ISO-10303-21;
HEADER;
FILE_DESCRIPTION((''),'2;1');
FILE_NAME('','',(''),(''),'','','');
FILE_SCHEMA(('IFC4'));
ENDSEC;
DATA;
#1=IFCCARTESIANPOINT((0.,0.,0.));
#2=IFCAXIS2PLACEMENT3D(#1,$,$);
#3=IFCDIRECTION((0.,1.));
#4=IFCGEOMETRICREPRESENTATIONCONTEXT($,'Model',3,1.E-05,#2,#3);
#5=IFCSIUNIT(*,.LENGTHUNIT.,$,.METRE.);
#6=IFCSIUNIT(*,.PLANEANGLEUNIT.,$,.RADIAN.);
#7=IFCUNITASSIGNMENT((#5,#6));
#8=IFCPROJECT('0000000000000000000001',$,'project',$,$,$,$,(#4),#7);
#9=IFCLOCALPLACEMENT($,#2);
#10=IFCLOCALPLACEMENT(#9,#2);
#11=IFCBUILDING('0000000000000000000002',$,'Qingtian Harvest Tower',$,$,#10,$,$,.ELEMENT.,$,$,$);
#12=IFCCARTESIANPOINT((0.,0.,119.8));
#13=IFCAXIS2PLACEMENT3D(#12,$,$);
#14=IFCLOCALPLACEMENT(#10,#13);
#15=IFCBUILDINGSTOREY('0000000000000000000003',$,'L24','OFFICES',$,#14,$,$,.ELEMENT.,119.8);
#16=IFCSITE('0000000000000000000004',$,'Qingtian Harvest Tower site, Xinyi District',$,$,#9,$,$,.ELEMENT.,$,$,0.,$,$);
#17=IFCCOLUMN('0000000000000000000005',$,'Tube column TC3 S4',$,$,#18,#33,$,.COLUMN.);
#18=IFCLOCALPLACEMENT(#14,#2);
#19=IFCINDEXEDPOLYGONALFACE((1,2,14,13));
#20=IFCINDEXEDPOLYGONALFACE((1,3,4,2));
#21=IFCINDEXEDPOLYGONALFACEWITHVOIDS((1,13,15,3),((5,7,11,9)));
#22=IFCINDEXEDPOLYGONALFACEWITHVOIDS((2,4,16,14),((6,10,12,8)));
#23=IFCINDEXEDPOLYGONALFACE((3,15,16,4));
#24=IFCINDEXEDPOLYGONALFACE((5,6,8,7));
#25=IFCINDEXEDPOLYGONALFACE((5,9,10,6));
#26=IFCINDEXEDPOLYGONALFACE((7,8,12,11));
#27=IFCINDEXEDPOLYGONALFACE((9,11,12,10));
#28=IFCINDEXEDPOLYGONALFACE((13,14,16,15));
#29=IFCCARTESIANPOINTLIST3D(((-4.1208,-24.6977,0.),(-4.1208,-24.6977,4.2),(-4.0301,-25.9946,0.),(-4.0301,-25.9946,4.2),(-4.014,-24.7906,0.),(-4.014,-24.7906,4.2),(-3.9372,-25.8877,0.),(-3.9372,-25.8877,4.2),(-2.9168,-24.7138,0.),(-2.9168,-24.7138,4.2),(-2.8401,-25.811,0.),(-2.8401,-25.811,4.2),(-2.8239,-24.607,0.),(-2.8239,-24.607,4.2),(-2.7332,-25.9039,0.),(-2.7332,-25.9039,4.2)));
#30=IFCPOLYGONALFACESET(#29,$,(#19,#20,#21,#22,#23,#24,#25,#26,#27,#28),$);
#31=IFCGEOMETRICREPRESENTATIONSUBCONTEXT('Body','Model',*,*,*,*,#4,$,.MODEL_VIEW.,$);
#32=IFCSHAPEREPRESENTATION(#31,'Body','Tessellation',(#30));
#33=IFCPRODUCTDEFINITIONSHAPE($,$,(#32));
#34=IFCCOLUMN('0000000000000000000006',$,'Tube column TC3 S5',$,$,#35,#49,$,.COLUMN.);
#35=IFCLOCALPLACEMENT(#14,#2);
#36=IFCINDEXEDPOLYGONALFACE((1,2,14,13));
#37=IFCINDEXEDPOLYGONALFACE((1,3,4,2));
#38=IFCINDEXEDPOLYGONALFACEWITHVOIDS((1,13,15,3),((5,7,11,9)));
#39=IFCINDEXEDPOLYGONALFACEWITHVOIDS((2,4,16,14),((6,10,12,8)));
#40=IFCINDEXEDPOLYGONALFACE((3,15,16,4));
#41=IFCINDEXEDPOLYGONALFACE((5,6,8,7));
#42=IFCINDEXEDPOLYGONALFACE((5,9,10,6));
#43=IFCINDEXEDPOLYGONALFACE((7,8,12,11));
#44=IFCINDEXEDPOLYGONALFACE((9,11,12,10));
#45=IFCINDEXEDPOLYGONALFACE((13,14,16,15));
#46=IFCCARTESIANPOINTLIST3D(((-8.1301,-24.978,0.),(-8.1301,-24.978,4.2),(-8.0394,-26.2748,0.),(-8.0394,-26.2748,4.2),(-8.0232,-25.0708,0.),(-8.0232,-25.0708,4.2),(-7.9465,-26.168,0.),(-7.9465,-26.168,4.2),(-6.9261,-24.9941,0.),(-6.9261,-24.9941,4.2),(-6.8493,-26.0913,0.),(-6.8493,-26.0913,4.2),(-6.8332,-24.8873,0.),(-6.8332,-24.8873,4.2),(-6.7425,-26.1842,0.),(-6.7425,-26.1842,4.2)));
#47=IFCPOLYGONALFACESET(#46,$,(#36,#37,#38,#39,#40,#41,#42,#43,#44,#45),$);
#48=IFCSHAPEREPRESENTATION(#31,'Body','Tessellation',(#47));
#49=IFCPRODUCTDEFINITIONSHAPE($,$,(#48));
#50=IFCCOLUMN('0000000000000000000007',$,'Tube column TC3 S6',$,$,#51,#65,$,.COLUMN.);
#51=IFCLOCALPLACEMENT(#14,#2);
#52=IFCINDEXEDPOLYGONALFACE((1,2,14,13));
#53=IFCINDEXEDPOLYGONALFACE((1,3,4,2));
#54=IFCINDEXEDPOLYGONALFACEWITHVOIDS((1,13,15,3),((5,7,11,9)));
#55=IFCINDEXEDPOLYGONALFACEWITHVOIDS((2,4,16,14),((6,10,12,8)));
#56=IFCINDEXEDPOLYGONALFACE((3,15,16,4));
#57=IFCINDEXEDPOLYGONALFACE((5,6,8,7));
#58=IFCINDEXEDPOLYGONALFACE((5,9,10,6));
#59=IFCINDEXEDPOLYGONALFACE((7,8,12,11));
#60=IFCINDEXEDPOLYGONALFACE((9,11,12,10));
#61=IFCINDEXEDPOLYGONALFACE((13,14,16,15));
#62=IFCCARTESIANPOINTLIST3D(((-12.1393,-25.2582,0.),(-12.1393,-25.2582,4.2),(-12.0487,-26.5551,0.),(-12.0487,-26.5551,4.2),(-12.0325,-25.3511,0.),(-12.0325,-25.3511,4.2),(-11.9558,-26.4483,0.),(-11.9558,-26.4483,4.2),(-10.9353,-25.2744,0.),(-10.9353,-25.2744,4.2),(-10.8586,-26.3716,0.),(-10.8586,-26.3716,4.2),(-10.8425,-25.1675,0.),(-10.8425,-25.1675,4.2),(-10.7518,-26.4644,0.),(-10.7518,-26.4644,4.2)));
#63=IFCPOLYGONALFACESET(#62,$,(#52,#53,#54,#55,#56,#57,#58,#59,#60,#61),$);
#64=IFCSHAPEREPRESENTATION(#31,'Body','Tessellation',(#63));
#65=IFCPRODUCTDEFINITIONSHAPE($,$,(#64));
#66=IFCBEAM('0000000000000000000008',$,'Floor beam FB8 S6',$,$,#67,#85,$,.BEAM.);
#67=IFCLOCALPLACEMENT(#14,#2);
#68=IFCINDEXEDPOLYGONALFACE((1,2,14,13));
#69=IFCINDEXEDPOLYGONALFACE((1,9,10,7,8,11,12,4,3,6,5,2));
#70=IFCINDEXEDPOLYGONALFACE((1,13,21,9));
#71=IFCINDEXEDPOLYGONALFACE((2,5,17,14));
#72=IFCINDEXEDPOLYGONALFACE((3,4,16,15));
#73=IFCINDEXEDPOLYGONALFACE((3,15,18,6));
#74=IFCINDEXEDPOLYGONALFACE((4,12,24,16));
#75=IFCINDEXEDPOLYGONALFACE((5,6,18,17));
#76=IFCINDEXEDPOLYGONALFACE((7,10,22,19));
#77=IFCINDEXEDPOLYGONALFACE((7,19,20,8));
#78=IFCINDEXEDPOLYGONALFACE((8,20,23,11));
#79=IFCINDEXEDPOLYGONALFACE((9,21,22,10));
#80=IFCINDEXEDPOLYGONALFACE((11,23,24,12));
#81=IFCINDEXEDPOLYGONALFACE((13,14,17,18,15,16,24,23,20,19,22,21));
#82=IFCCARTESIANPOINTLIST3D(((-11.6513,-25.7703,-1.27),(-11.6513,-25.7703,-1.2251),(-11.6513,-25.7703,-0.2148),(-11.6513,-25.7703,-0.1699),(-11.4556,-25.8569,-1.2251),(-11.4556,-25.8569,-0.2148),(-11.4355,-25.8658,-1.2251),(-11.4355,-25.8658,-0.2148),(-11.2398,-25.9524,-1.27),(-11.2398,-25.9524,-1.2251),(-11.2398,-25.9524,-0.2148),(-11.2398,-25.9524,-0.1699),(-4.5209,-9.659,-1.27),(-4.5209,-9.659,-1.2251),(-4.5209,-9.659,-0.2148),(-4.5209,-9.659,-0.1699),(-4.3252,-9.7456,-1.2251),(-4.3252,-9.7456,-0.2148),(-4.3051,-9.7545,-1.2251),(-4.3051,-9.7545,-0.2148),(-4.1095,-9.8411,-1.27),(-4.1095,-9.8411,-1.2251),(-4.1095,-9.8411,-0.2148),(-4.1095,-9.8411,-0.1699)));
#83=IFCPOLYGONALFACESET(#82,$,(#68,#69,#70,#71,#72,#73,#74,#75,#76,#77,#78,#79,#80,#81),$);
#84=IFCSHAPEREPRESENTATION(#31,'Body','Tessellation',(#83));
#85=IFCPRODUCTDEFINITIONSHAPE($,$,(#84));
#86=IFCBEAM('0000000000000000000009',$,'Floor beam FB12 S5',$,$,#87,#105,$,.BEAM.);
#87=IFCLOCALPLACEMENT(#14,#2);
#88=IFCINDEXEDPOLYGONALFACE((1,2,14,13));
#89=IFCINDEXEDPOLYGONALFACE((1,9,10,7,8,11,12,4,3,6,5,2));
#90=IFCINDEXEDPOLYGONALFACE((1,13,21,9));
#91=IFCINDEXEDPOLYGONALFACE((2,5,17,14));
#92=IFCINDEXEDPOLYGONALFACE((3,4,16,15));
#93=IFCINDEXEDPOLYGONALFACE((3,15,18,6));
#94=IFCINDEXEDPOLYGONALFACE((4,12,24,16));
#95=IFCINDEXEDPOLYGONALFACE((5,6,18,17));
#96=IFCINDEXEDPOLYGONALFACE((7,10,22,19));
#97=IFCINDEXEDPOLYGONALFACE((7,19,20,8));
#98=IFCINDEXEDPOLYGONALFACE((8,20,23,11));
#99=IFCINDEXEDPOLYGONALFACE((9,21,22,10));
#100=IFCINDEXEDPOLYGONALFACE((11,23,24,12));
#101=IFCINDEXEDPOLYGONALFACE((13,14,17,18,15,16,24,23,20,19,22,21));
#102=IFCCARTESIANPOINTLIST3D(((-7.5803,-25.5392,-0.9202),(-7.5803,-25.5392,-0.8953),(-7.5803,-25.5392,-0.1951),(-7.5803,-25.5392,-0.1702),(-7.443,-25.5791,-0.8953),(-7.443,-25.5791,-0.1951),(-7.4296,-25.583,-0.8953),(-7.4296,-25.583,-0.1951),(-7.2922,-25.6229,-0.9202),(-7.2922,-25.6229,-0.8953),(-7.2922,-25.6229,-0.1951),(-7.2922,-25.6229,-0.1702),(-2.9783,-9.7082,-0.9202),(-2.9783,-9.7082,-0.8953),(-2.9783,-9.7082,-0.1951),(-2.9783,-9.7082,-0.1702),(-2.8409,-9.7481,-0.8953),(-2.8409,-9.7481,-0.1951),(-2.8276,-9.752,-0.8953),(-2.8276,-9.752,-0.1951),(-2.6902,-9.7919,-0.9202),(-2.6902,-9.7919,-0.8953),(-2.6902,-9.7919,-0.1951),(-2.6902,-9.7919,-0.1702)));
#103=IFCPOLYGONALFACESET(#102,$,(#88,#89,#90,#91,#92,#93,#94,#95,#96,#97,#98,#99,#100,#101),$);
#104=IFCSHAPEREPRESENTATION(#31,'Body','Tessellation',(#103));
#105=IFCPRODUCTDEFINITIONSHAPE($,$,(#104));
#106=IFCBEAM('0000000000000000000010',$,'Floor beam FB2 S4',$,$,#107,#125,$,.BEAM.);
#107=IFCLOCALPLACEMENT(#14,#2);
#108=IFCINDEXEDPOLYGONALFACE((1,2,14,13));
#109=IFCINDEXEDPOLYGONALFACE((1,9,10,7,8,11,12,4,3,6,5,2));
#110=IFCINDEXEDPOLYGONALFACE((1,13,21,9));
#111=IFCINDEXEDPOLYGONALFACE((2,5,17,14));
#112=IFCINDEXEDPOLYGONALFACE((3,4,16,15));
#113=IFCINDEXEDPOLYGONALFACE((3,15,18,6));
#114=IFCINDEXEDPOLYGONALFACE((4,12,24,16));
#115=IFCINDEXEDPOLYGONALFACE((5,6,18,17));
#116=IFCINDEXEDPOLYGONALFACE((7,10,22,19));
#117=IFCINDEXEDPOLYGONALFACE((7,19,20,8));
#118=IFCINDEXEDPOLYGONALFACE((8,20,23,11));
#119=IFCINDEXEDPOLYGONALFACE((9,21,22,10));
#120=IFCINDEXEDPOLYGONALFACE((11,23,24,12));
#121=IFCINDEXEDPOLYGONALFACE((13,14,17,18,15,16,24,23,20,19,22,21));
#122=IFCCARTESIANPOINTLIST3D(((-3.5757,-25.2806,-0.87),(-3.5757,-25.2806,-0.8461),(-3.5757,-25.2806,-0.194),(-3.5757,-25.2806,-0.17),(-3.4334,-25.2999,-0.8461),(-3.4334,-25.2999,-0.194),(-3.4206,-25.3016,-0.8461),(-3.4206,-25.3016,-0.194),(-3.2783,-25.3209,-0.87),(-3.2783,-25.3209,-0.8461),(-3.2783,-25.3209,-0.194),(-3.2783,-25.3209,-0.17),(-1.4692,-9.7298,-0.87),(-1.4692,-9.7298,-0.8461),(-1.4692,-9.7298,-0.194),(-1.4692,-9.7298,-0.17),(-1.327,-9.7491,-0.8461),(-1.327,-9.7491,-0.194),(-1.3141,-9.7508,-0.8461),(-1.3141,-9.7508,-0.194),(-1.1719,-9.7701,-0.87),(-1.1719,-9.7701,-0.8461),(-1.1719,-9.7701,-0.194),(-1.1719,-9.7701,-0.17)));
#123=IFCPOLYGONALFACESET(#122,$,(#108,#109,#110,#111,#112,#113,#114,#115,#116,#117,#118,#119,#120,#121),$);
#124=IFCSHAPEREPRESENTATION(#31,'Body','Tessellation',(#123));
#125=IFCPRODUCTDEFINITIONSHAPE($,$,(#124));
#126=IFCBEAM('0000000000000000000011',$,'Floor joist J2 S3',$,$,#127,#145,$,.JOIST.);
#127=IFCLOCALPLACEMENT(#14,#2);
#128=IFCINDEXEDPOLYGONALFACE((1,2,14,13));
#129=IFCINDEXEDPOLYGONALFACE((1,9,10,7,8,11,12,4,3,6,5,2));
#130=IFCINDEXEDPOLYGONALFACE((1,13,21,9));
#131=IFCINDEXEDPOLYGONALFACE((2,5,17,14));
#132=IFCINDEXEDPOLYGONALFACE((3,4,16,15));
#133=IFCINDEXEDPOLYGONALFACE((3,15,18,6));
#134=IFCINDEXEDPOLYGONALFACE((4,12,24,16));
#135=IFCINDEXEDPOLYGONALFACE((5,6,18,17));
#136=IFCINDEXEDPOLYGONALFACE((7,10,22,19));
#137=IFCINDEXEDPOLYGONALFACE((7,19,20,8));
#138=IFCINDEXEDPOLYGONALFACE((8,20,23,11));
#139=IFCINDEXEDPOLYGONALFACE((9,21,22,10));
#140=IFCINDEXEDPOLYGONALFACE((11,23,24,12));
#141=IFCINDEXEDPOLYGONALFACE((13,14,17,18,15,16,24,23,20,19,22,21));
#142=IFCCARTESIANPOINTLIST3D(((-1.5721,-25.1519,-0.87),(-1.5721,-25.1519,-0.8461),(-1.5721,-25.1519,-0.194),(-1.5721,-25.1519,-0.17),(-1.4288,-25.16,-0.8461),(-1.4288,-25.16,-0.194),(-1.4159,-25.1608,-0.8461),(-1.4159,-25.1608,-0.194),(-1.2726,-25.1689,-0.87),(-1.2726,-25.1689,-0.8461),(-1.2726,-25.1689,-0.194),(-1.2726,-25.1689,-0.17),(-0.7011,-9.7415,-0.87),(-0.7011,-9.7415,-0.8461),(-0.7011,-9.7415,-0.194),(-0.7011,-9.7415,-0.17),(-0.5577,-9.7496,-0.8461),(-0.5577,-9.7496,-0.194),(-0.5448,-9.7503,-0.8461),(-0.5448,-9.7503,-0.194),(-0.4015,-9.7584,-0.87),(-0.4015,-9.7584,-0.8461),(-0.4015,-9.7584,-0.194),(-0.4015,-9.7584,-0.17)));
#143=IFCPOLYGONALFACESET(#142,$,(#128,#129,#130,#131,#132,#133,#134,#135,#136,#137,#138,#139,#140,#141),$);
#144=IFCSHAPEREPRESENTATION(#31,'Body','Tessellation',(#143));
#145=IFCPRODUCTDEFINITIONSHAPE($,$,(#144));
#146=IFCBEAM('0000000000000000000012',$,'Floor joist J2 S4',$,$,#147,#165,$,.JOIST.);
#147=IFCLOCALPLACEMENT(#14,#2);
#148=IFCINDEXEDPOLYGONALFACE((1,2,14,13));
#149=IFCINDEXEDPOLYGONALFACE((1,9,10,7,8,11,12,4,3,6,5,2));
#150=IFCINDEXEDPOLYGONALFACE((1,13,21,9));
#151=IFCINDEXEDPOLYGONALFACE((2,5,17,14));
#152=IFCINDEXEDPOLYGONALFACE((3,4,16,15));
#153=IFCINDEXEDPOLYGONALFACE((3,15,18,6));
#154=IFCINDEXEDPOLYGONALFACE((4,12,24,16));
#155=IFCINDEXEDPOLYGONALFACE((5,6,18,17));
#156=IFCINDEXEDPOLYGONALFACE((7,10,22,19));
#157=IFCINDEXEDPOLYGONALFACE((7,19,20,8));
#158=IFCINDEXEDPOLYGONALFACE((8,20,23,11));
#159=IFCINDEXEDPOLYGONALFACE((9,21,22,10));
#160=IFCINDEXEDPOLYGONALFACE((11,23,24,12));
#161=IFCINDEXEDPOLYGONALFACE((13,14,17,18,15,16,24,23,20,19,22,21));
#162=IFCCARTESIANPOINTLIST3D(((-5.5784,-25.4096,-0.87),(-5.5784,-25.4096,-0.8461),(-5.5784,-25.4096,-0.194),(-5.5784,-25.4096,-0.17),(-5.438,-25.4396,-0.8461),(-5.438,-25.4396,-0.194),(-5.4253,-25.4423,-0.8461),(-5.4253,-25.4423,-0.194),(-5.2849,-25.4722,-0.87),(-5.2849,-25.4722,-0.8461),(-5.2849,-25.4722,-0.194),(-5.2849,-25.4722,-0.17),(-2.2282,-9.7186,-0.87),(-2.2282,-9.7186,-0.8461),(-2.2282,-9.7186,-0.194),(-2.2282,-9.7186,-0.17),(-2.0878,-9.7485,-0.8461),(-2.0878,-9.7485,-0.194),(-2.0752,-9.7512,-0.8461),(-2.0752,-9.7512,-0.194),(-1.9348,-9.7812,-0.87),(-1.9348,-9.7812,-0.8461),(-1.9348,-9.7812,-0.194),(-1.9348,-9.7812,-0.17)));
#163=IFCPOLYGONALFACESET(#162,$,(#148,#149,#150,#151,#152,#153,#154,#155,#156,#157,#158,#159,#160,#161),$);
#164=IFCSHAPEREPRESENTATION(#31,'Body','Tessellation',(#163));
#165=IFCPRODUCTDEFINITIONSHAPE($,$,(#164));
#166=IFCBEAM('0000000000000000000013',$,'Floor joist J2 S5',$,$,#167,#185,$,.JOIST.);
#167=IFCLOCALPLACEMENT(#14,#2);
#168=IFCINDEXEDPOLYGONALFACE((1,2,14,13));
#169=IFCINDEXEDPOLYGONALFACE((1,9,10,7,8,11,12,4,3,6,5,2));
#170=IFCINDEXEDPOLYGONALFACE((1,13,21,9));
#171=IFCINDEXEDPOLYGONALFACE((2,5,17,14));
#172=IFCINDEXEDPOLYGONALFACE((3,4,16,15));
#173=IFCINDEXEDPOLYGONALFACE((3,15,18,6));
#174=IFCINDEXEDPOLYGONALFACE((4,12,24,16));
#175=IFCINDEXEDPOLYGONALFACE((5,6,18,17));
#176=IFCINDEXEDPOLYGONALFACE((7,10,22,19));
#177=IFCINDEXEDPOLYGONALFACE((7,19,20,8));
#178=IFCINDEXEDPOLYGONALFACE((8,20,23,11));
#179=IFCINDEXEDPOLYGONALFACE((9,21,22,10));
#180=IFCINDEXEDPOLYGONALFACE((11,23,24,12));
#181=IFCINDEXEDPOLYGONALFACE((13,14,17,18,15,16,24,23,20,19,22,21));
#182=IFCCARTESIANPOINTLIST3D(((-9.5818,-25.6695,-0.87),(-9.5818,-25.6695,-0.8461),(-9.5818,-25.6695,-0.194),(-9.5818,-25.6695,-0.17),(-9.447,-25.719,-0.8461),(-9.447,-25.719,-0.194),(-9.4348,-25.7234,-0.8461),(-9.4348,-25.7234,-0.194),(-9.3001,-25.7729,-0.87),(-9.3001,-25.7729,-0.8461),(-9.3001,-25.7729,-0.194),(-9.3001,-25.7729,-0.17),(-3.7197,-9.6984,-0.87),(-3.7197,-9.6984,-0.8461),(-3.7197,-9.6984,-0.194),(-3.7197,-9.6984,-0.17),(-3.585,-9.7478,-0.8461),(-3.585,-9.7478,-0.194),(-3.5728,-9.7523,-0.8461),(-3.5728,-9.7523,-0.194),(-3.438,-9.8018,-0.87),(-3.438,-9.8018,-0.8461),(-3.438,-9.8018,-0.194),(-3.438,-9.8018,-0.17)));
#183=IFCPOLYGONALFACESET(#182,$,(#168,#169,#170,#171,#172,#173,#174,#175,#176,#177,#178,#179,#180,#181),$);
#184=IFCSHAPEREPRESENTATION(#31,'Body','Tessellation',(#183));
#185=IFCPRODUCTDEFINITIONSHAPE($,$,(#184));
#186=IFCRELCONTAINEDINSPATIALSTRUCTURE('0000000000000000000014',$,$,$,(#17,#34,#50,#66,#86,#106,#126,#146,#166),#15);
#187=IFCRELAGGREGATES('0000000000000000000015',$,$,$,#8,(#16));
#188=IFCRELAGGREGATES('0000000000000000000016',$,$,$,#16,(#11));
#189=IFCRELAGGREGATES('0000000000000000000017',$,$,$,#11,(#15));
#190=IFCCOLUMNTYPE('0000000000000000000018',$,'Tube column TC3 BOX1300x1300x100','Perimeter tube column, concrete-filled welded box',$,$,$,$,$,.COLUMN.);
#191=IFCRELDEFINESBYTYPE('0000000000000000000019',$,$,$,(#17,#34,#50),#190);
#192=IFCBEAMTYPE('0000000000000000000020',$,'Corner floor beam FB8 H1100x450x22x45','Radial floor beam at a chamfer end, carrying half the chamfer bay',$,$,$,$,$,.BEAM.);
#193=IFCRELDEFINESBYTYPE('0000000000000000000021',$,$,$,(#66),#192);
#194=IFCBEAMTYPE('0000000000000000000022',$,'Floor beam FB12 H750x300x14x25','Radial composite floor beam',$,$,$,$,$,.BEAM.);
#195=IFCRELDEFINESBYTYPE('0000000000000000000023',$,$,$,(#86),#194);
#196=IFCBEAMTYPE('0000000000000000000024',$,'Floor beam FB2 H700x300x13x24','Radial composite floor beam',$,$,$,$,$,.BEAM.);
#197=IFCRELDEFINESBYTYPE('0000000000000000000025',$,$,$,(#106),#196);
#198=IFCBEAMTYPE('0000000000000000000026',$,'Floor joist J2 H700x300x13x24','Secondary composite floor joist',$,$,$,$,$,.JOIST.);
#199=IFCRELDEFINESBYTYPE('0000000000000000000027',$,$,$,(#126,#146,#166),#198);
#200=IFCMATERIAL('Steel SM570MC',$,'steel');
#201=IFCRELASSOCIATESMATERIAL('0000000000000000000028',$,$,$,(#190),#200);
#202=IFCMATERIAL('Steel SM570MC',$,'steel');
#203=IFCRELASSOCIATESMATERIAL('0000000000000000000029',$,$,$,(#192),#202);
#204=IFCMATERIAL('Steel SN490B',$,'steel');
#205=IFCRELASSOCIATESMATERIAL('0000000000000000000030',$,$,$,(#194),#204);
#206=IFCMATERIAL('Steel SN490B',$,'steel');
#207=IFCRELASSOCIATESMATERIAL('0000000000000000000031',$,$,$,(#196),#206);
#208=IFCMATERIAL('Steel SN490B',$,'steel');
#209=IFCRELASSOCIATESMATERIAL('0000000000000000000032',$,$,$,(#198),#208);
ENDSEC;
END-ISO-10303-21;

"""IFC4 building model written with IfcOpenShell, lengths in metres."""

from ifc_helpers import new_model, si_unit, direction, frame, origin, origin_2d, place, context, subcontext, project, spatial, hollow_rectangle, i_section, extrude, material, material_profile, profile_set, type_object, element, save


model = new_model("IFC4")

# Units and contexts
model_context = context("Model", 3, precision=1e-05, world=origin(), true_north=direction((0.0, 1.0)))
body_context = subcontext(model_context, "Body", "Model", "MODEL_VIEW")
ifc_project = project(units=[si_unit("LENGTHUNIT", "METRE"), si_unit("PLANEANGLEUNIT", "RADIAN")], contexts=[model_context])

# Site, building, storey
site_placement = place(None, origin())
site = spatial("IfcSite", under=ifc_project, at=site_placement, Name="Qingtian Harvest Tower site, Xinyi District", CompositionType="ELEMENT", RefElevation=0.0)
building_placement = place(site_placement, origin())
building = spatial("IfcBuilding", under=site, at=building_placement, Name="Qingtian Harvest Tower", CompositionType="ELEMENT")
storey_placement = place(building_placement, frame((0.0, 0.0, 119.8)))
storey = spatial("IfcBuildingStorey", under=building, at=storey_placement, Name="L24", Description="OFFICES", CompositionType="ELEMENT", Elevation=119.8)

# Columns
ifc_material_1 = material(Name="Steel SM570MC", Category="steel")
ifc_material_profile_1 = material_profile(ifc_material_1, hollow_rectangle(XDim=1.3, YDim=1.3, WallThickness=0.1001, at=origin_2d()), Name="BOX1300x1300x100")
ifc_profile_set_1 = profile_set([ifc_material_profile_1], Name="Steel SM570MC")
column_type = type_object("IfcColumnType", Name="Tube column TC3 BOX1300x1300x100", Description="Perimeter tube column, concrete-filled welded box", PredefinedType="COLUMN", material=ifc_profile_set_1)
for number, where, z_axis, x_axis, name in (
    (1, (-3.427, -25.3008, 0.0), (0.0, 0.0, 1.0), (0.997564, 0.069756, 0.0), "Tube column TC3 S4"),
    (2, (-7.4363, -25.5811, 0.0), (0.0, 0.0, 1.0), (0.997564, 0.069756, 0.0), "Tube column TC3 S5"),
    (3, (-11.4456, -25.8613, 0.0), (0.0, 0.0, 1.0), (0.997564, 0.069756, 0.0), "Tube column TC3 S6"),
):
    element("IfcColumn", number, at=place(storey_placement, frame(where, z_axis=z_axis, x_axis=x_axis)), inside=storey, type_object=column_type, Name=name, PredefinedType="COLUMN", context=body_context, shape_type="SweptSolid", body=[
        extrude(hollow_rectangle(XDim=1.3, YDim=1.3, WallThickness=0.1001, at=origin_2d()), origin(), (0.0, 0.0, 1.0), 4.2),
    ])

# Beams
ifc_material_2 = material(Name="Steel SM570MC", Category="steel")
ifc_material_profile_2 = material_profile(ifc_material_2, i_section(OverallWidth=0.45, OverallDepth=1.1001, WebThickness=0.022, FlangeThickness=0.0449, at=origin_2d()), Name="H1100x450x22x45")
ifc_profile_set_2 = profile_set([ifc_material_profile_2], Name="Steel SM570MC")
beam_type_1 = type_object("IfcBeamType", Name="Corner floor beam FB8 H1100x450x22x45", Description="Radial floor beam at a chamfer end, carrying half the chamfer bay", PredefinedType="BEAM", material=ifc_profile_set_2)
beam_1_placement = place(storey_placement, frame((-11.4456, -25.8613, -0.72), z_axis=(0.404706, 0.914447, 0.0), x_axis=(-0.914447, 0.404706, 0.0)))
element("IfcBeam", 4, at=beam_1_placement, inside=storey, type_object=beam_type_1, Name="Floor beam FB8 S6", PredefinedType="BEAM", context=body_context, shape_type="SweptSolid", body=[
    extrude(i_section(OverallWidth=0.45, OverallDepth=1.1001, WebThickness=0.022, FlangeThickness=0.0449, at=origin_2d()), origin(), (0.0, 0.0, 1.0), 17.6187),
])
ifc_material_3 = material(Name="Steel SN490B", Category="steel")
ifc_material_profile_3 = material_profile(ifc_material_3, i_section(OverallWidth=0.3, OverallDepth=0.75, WebThickness=0.0139, FlangeThickness=0.0249, at=origin_2d()), Name="H750x300x14x25")
ifc_profile_set_3 = profile_set([ifc_material_profile_3], Name="Steel SN490B")
beam_type_2 = type_object("IfcBeamType", Name="Floor beam FB12 H750x300x14x25", Description="Radial composite floor beam", PredefinedType="BEAM", material=ifc_profile_set_3)
beam_2_placement = place(storey_placement, frame((-7.4363, -25.5811, -0.5452), z_axis=(0.279142, 0.96025, 0.0), x_axis=(-0.96025, 0.279142, 0.0)))
element("IfcBeam", 5, at=beam_2_placement, inside=storey, type_object=beam_type_2, Name="Floor beam FB12 S5", PredefinedType="BEAM", context=body_context, shape_type="SweptSolid", body=[
    extrude(i_section(OverallWidth=0.3, OverallDepth=0.75, WebThickness=0.0139, FlangeThickness=0.0249, at=origin_2d()), origin(), (0.0, 0.0, 1.0), 16.4863),
])
ifc_material_4 = material(Name="Steel SN490B", Category="steel")
ifc_material_profile_4 = material_profile(ifc_material_4, i_section(OverallWidth=0.3, OverallDepth=0.7, WebThickness=0.0129, FlangeThickness=0.0239, at=origin_2d()), Name="H700x300x13x24")
ifc_profile_set_4 = profile_set([ifc_material_profile_4], Name="Steel SN490B")
beam_type_3 = type_object("IfcBeamType", Name="Floor beam FB2 H700x300x13x24", Description="Radial composite floor beam", PredefinedType="BEAM", material=ifc_profile_set_4)
beam_3_placement = place(storey_placement, frame((-3.427, -25.3008, -0.52), z_axis=(0.13423, 0.99095, 0.0), x_axis=(-0.99095, 0.13423, 0.0)))
element("IfcBeam", 6, at=beam_3_placement, inside=storey, type_object=beam_type_3, Name="Floor beam FB2 S4", PredefinedType="BEAM", context=body_context, shape_type="SweptSolid", body=[
    extrude(i_section(OverallWidth=0.3, OverallDepth=0.7, WebThickness=0.0129, FlangeThickness=0.0239, at=origin_2d()), origin(), (0.0, 0.0, 1.0), 15.6929),
])
ifc_material_5 = material(Name="Steel SN490B", Category="steel")
ifc_material_profile_5 = material_profile(ifc_material_5, i_section(OverallWidth=0.3, OverallDepth=0.7, WebThickness=0.0129, FlangeThickness=0.0239, at=origin_2d()), Name="H700x300x13x24")
ifc_profile_set_5 = profile_set([ifc_material_profile_5], Name="Steel SN490B")
beam_type_4 = type_object("IfcBeamType", Name="Floor joist J2 H700x300x13x24", Description="Secondary composite floor joist", PredefinedType="JOIST", material=ifc_profile_set_5)
beam_4_placement = place(storey_placement, frame((-1.4224, -25.1604, -0.52), z_axis=(0.056436, 0.998406, 0.0), x_axis=(-0.998406, 0.056436, 0.0)))
element("IfcBeam", 7, at=beam_4_placement, inside=storey, type_object=beam_type_4, Name="Floor joist J2 S3", PredefinedType="JOIST", context=body_context, shape_type="SweptSolid", body=[
    extrude(i_section(OverallWidth=0.3, OverallDepth=0.7, WebThickness=0.0129, FlangeThickness=0.0239, at=origin_2d()), origin(), (0.0, 0.0, 1.0), 15.4351),
])
beam_5_placement = place(storey_placement, frame((-5.4316, -25.4409, -0.52), z_axis=(0.2088, 0.977958, 0.0), x_axis=(-0.977958, 0.2088, 0.0)))
element("IfcBeam", 8, at=beam_5_placement, inside=storey, type_object=beam_type_4, Name="Floor joist J2 S4", PredefinedType="JOIST", context=body_context, shape_type="SweptSolid", body=[
    extrude(i_section(OverallWidth=0.3, OverallDepth=0.7, WebThickness=0.0129, FlangeThickness=0.0239, at=origin_2d()), origin(), (0.0, 0.0, 1.0), 16.0447),
])
beam_6_placement = place(storey_placement, frame((-9.4409, -25.7212, -0.52), z_axis=(0.344563, 0.938763, 0.0), x_axis=(-0.938763, 0.344563, 0.0)))
element("IfcBeam", 9, at=beam_6_placement, inside=storey, type_object=beam_type_4, Name="Floor joist J2 S5", PredefinedType="JOIST", context=body_context, shape_type="SweptSolid", body=[
    extrude(i_section(OverallWidth=0.3, OverallDepth=0.7, WebThickness=0.0129, FlangeThickness=0.0239, at=origin_2d()), origin(), (0.0, 0.0, 1.0), 17.0129),
])

save(model, "model.ifc")
